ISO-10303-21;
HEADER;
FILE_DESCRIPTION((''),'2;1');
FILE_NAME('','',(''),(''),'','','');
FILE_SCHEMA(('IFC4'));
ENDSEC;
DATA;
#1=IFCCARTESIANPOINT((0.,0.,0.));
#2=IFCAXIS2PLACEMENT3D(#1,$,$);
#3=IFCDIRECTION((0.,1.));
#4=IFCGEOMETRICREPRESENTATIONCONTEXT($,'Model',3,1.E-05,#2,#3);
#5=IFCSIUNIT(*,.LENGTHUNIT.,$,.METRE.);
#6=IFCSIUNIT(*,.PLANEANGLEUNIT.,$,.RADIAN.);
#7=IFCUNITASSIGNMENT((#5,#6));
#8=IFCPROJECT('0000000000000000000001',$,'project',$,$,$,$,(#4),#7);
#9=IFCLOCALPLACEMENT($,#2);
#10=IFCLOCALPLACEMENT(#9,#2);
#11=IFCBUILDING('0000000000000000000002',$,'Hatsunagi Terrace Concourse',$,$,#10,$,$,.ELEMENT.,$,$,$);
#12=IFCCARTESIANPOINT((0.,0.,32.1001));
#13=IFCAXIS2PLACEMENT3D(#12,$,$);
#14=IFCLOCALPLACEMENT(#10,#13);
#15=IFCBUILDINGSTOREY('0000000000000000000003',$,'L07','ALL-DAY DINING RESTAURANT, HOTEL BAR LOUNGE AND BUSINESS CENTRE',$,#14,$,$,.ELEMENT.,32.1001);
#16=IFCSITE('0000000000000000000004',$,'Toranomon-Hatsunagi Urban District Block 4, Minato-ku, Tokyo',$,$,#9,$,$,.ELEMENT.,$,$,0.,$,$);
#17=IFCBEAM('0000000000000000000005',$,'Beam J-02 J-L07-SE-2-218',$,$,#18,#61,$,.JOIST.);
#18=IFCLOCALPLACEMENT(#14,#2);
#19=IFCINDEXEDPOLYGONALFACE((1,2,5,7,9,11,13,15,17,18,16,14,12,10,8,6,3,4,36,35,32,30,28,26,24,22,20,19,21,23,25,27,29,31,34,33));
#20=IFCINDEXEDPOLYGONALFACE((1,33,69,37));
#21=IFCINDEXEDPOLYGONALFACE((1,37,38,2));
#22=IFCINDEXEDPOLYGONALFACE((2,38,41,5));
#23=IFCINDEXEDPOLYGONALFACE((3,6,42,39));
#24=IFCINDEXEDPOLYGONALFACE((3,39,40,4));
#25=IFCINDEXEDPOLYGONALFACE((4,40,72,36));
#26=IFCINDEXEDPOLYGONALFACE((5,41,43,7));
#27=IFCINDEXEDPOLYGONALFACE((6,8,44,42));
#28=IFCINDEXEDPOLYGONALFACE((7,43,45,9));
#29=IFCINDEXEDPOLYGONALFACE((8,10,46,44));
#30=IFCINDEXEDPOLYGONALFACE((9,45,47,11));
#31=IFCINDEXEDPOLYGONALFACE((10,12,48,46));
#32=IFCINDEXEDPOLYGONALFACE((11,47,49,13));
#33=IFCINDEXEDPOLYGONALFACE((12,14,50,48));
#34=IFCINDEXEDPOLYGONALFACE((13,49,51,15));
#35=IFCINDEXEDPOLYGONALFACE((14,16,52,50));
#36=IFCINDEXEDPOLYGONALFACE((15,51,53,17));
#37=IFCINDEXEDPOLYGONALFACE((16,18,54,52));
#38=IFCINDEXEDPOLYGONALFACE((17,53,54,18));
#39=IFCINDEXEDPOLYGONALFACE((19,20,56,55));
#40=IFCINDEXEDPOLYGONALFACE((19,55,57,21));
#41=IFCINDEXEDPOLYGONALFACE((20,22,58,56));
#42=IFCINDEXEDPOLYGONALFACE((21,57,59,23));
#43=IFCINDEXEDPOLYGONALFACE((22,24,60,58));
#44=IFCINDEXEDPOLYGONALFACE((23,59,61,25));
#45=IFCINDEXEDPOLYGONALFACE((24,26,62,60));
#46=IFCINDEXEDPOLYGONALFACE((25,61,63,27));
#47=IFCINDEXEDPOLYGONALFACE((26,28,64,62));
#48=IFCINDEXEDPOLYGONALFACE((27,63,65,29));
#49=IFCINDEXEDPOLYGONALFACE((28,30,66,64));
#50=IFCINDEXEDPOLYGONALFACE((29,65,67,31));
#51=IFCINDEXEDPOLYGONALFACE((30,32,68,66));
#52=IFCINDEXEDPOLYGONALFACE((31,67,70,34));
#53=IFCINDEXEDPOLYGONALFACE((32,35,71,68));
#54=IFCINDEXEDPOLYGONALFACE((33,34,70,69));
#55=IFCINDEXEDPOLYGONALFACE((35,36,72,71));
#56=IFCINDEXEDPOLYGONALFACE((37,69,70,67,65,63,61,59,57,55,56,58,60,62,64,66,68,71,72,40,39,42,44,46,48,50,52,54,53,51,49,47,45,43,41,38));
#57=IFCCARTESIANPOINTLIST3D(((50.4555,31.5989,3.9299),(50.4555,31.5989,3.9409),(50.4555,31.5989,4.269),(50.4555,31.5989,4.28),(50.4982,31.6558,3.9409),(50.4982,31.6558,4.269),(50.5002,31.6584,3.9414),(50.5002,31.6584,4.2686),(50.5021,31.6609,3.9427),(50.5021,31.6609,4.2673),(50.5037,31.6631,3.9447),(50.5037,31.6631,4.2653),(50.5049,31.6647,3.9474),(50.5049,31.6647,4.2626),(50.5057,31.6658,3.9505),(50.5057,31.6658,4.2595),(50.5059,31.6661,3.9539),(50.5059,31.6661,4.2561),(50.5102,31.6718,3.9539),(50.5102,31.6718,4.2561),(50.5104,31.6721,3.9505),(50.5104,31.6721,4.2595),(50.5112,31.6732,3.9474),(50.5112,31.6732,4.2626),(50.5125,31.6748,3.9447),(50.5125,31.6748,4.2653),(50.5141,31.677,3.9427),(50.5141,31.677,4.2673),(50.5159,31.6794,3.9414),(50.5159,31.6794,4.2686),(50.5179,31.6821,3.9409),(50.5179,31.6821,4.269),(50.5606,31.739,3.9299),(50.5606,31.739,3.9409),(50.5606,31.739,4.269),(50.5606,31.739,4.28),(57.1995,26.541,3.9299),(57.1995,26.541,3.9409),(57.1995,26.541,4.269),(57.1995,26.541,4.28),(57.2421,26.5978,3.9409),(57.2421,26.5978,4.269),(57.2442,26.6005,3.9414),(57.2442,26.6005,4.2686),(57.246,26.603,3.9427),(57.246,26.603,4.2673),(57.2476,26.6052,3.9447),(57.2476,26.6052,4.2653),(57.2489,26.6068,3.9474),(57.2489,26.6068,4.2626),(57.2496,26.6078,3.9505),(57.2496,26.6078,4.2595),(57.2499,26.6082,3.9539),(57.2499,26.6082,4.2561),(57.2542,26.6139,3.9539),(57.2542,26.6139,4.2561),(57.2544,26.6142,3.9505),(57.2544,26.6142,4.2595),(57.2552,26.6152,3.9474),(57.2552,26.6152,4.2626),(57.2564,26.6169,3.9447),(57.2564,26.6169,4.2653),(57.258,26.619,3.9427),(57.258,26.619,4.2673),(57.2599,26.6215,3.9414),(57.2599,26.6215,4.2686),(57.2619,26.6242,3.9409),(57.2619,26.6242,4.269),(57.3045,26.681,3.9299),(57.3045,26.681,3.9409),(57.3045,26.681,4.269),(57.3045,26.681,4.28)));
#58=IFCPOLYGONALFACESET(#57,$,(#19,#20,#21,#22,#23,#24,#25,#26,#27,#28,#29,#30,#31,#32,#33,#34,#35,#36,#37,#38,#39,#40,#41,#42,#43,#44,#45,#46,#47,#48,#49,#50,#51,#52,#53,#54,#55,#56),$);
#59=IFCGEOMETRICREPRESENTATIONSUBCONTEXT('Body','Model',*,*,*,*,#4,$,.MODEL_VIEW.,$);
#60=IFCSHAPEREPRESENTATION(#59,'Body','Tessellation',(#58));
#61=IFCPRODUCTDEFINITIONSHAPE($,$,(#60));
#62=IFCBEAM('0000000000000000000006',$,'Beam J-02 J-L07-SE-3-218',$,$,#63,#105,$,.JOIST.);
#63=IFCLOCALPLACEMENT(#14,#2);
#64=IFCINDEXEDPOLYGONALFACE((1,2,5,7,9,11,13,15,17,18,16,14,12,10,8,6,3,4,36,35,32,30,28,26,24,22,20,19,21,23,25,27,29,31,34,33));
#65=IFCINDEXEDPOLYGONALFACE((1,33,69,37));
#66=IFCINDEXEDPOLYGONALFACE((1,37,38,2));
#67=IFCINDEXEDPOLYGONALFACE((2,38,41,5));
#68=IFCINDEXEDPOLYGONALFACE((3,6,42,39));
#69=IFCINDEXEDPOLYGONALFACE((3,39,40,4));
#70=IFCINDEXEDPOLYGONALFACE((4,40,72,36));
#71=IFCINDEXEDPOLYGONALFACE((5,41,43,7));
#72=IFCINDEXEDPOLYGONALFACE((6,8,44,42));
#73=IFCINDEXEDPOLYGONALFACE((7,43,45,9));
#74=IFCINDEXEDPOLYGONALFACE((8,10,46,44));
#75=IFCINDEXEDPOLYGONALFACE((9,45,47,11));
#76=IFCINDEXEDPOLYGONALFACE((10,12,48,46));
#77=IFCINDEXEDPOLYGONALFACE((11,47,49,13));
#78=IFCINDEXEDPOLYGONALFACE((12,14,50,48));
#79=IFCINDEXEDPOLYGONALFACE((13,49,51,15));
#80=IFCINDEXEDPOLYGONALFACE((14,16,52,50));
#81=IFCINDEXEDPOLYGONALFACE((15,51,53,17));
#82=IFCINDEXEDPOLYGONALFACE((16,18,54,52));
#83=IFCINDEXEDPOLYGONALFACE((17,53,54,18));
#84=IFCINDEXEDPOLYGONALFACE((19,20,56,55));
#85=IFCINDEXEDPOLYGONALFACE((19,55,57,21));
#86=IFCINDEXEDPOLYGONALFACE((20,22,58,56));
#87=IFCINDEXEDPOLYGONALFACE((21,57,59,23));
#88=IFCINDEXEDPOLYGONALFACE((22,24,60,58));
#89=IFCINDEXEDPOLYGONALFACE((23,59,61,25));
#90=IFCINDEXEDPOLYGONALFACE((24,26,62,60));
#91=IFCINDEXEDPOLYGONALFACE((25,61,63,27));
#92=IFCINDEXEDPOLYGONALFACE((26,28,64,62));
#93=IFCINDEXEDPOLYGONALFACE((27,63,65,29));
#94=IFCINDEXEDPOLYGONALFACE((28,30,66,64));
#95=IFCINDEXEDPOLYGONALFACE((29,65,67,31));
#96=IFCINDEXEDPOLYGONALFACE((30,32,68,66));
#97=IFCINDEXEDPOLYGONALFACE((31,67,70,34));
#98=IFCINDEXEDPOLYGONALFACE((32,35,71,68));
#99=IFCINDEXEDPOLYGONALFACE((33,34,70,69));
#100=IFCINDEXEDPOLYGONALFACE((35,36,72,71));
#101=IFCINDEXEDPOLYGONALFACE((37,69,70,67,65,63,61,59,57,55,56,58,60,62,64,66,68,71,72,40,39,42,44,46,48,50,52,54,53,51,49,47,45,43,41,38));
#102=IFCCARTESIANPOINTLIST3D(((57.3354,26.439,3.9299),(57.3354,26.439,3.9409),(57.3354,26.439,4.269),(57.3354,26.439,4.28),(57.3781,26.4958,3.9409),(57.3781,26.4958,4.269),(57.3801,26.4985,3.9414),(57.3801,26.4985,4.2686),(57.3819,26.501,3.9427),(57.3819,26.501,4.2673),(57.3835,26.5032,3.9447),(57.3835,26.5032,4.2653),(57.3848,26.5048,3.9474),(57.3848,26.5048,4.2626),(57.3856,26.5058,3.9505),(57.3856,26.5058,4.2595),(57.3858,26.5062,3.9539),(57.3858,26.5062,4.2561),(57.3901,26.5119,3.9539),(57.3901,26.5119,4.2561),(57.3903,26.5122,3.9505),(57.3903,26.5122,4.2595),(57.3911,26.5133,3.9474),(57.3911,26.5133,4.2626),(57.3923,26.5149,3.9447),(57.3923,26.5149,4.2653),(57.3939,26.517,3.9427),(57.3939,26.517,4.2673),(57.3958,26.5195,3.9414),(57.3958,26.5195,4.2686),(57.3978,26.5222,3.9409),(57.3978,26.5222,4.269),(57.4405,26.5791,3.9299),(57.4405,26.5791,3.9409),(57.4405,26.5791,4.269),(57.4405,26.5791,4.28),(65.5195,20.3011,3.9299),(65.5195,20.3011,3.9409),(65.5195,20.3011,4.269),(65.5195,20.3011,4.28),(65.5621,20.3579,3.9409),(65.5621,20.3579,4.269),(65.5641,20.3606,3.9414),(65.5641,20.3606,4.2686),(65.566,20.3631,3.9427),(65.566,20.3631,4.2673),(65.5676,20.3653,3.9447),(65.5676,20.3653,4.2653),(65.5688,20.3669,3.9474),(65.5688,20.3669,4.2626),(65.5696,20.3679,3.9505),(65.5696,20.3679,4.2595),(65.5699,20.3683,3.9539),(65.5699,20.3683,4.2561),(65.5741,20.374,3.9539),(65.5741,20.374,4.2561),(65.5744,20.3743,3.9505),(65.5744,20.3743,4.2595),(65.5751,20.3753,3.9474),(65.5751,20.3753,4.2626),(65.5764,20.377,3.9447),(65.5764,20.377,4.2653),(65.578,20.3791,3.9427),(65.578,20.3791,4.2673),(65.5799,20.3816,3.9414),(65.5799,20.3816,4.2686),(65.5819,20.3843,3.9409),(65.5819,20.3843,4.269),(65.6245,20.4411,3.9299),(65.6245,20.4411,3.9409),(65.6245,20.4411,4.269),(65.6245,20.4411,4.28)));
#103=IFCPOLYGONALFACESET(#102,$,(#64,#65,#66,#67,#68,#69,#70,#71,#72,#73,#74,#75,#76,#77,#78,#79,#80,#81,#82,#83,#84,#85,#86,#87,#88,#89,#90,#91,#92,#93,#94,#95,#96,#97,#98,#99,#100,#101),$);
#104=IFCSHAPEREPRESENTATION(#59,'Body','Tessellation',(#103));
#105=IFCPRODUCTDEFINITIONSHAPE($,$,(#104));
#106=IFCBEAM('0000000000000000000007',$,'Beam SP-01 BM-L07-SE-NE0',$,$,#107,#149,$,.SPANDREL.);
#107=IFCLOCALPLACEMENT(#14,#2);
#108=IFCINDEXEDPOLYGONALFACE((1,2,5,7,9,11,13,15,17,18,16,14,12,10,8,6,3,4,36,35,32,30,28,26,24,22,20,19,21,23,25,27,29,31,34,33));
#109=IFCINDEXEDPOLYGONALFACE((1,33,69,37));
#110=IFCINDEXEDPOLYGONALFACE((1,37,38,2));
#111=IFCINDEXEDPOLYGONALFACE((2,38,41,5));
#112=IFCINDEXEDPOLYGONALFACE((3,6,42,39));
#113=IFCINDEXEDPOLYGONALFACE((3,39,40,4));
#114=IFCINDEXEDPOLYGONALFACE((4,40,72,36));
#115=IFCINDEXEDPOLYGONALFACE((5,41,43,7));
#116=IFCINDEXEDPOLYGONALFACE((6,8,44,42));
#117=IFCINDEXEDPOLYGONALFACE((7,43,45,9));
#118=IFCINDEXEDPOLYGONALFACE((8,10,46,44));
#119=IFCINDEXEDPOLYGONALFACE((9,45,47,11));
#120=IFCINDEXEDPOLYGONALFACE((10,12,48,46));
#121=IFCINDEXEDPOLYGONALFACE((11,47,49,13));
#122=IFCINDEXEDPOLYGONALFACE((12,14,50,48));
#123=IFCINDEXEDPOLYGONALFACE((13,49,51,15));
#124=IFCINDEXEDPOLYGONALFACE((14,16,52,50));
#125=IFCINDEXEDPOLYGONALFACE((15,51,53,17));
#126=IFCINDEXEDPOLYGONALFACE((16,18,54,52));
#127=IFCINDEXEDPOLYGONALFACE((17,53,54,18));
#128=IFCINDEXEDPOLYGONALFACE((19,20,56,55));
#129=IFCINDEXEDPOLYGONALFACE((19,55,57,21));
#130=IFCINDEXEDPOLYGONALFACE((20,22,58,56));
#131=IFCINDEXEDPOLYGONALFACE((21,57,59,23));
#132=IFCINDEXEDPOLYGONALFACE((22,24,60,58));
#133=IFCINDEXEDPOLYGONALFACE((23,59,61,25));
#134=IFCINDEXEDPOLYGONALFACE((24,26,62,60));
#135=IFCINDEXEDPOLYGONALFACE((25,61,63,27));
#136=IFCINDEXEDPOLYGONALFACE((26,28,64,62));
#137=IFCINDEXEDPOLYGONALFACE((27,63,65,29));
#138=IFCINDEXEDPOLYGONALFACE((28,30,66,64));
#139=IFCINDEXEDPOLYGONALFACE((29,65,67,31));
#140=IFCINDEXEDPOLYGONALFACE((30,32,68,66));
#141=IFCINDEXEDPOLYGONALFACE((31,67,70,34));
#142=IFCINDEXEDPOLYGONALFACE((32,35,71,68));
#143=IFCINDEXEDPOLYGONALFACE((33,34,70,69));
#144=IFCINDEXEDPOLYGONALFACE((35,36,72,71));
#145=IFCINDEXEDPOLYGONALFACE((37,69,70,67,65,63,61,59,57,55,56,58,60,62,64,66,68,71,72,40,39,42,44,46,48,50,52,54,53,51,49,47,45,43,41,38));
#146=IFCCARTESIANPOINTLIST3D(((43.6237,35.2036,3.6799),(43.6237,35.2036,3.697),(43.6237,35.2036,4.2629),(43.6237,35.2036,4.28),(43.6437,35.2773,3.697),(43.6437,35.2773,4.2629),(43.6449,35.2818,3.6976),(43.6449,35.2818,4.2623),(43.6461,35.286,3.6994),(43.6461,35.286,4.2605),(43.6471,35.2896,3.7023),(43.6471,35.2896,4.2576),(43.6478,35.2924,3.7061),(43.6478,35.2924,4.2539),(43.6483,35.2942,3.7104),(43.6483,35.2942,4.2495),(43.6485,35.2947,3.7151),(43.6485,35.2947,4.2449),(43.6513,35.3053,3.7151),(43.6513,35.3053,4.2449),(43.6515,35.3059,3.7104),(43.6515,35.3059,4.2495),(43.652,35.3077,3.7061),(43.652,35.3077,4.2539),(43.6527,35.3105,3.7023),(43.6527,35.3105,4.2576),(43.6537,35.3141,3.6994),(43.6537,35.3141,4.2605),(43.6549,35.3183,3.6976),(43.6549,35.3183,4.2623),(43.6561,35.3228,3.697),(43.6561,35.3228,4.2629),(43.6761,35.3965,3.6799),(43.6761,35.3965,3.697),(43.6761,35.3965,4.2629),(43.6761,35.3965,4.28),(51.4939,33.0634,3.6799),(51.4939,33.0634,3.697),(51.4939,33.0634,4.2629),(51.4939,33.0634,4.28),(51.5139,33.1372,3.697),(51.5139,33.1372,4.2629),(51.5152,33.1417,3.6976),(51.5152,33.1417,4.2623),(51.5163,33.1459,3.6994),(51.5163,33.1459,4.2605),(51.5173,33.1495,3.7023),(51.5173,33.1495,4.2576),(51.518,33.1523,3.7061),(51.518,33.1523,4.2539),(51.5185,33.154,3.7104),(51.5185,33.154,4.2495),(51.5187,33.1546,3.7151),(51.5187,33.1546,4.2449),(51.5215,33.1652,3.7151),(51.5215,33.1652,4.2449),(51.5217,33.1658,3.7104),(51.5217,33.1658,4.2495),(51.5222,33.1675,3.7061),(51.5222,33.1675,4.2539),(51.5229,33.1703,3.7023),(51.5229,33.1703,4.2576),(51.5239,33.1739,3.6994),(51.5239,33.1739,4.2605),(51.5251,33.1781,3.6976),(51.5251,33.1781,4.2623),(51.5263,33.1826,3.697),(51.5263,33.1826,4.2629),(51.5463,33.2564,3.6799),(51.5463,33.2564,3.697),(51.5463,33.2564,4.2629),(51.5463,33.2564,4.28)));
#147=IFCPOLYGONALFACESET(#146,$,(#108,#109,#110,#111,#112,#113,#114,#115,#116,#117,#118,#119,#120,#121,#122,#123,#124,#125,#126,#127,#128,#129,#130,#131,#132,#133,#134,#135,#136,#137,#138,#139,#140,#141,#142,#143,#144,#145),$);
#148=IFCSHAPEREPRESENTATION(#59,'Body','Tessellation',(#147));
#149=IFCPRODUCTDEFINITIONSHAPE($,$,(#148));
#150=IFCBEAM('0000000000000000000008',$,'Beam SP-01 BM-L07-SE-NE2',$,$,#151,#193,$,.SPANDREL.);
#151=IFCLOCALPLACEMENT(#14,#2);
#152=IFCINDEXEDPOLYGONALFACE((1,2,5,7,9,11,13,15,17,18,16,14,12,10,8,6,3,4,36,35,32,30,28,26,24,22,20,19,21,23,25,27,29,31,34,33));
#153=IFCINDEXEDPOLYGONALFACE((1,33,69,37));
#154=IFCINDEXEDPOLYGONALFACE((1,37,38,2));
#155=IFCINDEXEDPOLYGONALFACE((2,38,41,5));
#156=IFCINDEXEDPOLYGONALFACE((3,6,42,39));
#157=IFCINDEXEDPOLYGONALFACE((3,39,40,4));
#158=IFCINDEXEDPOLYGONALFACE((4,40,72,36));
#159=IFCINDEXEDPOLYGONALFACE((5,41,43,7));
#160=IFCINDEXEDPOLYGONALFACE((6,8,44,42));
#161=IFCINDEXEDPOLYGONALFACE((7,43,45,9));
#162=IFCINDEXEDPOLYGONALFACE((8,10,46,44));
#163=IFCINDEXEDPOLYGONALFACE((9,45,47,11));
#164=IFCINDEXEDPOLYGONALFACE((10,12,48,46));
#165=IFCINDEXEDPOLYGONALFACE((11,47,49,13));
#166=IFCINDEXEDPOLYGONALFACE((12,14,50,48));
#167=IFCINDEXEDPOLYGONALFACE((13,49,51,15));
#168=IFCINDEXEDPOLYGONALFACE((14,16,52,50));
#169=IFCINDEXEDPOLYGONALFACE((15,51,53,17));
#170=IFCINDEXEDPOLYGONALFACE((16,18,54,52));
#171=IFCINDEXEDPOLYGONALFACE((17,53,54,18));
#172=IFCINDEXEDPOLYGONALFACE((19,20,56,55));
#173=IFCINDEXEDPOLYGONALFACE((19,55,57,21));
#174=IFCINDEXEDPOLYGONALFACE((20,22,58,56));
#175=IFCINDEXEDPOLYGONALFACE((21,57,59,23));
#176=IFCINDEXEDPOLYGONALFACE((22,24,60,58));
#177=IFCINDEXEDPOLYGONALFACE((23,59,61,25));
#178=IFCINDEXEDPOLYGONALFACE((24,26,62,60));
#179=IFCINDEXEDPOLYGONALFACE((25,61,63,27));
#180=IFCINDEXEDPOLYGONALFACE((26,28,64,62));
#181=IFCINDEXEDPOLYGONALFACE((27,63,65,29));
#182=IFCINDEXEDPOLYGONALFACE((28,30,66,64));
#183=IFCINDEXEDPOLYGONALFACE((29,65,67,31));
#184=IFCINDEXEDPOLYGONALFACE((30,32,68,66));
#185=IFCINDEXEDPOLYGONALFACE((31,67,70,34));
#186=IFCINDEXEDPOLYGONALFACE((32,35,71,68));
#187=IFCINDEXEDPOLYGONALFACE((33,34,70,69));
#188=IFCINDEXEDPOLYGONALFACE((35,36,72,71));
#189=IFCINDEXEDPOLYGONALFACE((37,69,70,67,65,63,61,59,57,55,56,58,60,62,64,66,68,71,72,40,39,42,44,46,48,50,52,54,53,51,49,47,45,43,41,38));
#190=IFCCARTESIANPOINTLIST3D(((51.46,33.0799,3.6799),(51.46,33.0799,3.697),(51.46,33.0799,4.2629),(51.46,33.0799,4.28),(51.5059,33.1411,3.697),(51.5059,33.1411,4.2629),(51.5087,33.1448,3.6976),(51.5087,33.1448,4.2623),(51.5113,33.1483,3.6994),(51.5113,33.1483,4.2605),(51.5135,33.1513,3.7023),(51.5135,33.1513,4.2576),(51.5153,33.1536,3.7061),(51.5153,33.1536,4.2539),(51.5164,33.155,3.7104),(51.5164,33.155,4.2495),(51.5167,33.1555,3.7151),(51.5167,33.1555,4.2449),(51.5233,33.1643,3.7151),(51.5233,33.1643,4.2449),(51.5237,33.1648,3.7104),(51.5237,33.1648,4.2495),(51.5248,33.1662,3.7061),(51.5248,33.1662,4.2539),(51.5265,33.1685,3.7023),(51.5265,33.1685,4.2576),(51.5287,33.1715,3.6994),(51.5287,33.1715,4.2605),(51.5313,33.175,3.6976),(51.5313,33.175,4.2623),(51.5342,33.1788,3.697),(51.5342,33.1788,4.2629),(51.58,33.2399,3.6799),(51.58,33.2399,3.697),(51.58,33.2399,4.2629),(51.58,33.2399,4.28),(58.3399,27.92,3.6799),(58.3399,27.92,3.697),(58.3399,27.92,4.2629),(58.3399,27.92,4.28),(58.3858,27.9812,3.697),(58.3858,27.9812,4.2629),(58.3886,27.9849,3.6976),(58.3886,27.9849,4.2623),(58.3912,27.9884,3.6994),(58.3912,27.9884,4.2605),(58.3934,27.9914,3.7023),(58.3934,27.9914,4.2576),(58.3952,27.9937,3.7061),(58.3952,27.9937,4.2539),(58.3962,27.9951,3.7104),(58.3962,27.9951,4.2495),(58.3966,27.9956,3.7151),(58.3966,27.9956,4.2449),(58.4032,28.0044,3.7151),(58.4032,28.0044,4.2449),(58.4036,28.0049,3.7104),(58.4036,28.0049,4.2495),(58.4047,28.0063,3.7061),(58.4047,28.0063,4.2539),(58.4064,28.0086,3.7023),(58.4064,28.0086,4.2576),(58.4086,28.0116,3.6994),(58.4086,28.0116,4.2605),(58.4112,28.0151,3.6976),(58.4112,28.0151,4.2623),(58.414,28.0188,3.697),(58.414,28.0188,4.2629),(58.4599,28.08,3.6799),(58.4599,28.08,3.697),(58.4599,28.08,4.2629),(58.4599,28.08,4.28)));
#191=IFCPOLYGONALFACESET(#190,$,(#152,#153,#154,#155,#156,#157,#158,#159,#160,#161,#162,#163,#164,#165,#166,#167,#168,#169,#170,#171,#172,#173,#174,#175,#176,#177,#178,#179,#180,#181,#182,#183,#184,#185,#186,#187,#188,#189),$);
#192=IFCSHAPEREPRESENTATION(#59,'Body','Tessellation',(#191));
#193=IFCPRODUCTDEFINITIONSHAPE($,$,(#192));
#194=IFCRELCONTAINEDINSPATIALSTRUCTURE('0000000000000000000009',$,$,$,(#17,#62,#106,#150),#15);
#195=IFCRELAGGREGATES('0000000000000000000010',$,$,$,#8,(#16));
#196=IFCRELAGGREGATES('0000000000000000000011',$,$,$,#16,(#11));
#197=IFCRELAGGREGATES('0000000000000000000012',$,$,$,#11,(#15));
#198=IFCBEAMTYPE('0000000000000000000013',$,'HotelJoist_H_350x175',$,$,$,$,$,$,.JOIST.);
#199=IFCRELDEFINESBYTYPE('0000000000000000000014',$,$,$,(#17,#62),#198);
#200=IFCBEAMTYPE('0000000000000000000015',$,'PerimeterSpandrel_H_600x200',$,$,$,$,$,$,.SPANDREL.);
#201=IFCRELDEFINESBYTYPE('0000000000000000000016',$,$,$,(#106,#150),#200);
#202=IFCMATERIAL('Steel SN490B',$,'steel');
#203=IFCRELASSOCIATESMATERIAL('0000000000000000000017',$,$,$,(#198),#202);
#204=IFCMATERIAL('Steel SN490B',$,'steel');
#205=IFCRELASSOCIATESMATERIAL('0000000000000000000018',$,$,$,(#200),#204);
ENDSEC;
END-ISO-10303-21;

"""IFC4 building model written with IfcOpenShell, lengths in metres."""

from ifc_helpers import new_model, si_unit, direction, frame, origin, origin_2d, place, context, subcontext, project, spatial, i_section, extrude, material, material_profile, profile_set, type_object, element, save


model = new_model("IFC4")

# Units and contexts
model_context = context("Model", 3, precision=1e-05, world=origin(), true_north=direction((0.0, 1.0)))
body_context = subcontext(model_context, "Body", "Model", "MODEL_VIEW")
ifc_project = project(units=[si_unit("LENGTHUNIT", "METRE"), si_unit("PLANEANGLEUNIT", "RADIAN")], contexts=[model_context])

# Site, building, storey
site_placement = place(None, origin())
site = spatial("IfcSite", under=ifc_project, at=site_placement, Name="Toranomon-Hatsunagi Urban District Block 4, Minato-ku, Tokyo", CompositionType="ELEMENT", RefElevation=0.0)
building_placement = place(site_placement, origin())
building = spatial("IfcBuilding", under=site, at=building_placement, Name="Hatsunagi Terrace Concourse", CompositionType="ELEMENT")
storey_placement = place(building_placement, frame((0.0, 0.0, 32.1001)))
storey = spatial("IfcBuildingStorey", under=building, at=storey_placement, Name="L07", Description="ALL-DAY DINING RESTAURANT, HOTEL BAR LOUNGE AND BUSINESS CENTRE", CompositionType="ELEMENT", Elevation=32.1001)

# Beams
ifc_material_1 = material(Name="Steel SN490B", Category="steel")
ifc_material_profile_1 = material_profile(ifc_material_1, i_section(OverallWidth=0.175, OverallDepth=0.3501, WebThickness=0.0071, FlangeThickness=0.011, FilletRadius=0.0129, at=origin_2d()), Name="H-350x175x7x11")
ifc_profile_set_1 = profile_set([ifc_material_profile_1], Name="Steel SN490B")
beam_type_1 = type_object("IfcBeamType", Name="HotelJoist_H_350x175", PredefinedType="JOIST", material=ifc_profile_set_1)
for number, where, z_axis, x_axis, name in (
    (1, (50.5081, 31.6689, 4.105), (0.800003, -0.599995, 0.0), (0.599995, 0.800003, 0.0), "Beam J-02 J-L07-SE-2-218"),
):
    element("IfcBeam", number, at=place(storey_placement, frame(where, z_axis=z_axis, x_axis=x_axis)), inside=storey, type_object=beam_type_1, Name=name, PredefinedType="JOIST", context=body_context, shape_type="SweptSolid", body=[
        extrude(i_section(OverallWidth=0.175, OverallDepth=0.3501, WebThickness=0.0071, FlangeThickness=0.011, FilletRadius=0.0129, at=origin_2d()), origin(), (0.0, 0.0, 1.0), 8.4299),
    ])
beam_1_placement = place(storey_placement, frame((57.3879, 26.509, 4.105), z_axis=(0.800006, -0.599992, 0.0), x_axis=(0.599992, 0.800006, 0.0)))
element("IfcBeam", 2, at=beam_1_placement, inside=storey, type_object=beam_type_1, Name="Beam J-02 J-L07-SE-3-218", PredefinedType="JOIST", context=body_context, shape_type="SweptSolid", body=[
    extrude(i_section(OverallWidth=0.175, OverallDepth=0.3501, WebThickness=0.0071, FlangeThickness=0.011, FilletRadius=0.0129, at=origin_2d()), origin(), (0.0, 0.0, 1.0), 10.23),
])
ifc_material_2 = material(Name="Steel SN490B", Category="steel")
ifc_material_profile_2 = material_profile(ifc_material_2, i_section(OverallWidth=0.2, OverallDepth=0.6001, WebThickness=0.011, FlangeThickness=0.0171, FilletRadius=0.0181, at=origin_2d()), Name="H-600x200x11x17")
ifc_profile_set_2 = profile_set([ifc_material_profile_2], Name="Steel SN490B")
beam_type_2 = type_object("IfcBeamType", Name="PerimeterSpandrel_H_600x200", PredefinedType="SPANDREL", material=ifc_profile_set_2)
beam_2_placement = place(storey_placement, frame((43.6499, 35.3, 3.98), z_axis=(0.964958, -0.262403, 0.0), x_axis=(0.262403, 0.964958, 0.0)))
element("IfcBeam", 3, at=beam_2_placement, inside=storey, type_object=beam_type_2, Name="Beam SP-01 BM-L07-SE-NE0", PredefinedType="SPANDREL", context=body_context, shape_type="SweptSolid", body=[
    extrude(i_section(OverallWidth=0.2, OverallDepth=0.6001, WebThickness=0.011, FlangeThickness=0.0171, FilletRadius=0.0181, at=origin_2d()), origin(), (0.0, 0.0, 1.0), 8.156),
])
beam_3_placement = place(storey_placement, frame((51.52, 33.1599, 3.98), z_axis=(0.8, -0.6, 0.0), x_axis=(0.6, 0.8, 0.0)))
element("IfcBeam", 4, at=beam_3_placement, inside=storey, type_object=beam_type_2, Name="Beam SP-01 BM-L07-SE-NE2", PredefinedType="SPANDREL", context=body_context, shape_type="SweptSolid", body=[
    extrude(i_section(OverallWidth=0.2, OverallDepth=0.6001, WebThickness=0.011, FlangeThickness=0.0171, FilletRadius=0.0181, at=origin_2d()), origin(), (0.0, 0.0, 1.0), 8.5999),
])

save(model, "model.ifc")
